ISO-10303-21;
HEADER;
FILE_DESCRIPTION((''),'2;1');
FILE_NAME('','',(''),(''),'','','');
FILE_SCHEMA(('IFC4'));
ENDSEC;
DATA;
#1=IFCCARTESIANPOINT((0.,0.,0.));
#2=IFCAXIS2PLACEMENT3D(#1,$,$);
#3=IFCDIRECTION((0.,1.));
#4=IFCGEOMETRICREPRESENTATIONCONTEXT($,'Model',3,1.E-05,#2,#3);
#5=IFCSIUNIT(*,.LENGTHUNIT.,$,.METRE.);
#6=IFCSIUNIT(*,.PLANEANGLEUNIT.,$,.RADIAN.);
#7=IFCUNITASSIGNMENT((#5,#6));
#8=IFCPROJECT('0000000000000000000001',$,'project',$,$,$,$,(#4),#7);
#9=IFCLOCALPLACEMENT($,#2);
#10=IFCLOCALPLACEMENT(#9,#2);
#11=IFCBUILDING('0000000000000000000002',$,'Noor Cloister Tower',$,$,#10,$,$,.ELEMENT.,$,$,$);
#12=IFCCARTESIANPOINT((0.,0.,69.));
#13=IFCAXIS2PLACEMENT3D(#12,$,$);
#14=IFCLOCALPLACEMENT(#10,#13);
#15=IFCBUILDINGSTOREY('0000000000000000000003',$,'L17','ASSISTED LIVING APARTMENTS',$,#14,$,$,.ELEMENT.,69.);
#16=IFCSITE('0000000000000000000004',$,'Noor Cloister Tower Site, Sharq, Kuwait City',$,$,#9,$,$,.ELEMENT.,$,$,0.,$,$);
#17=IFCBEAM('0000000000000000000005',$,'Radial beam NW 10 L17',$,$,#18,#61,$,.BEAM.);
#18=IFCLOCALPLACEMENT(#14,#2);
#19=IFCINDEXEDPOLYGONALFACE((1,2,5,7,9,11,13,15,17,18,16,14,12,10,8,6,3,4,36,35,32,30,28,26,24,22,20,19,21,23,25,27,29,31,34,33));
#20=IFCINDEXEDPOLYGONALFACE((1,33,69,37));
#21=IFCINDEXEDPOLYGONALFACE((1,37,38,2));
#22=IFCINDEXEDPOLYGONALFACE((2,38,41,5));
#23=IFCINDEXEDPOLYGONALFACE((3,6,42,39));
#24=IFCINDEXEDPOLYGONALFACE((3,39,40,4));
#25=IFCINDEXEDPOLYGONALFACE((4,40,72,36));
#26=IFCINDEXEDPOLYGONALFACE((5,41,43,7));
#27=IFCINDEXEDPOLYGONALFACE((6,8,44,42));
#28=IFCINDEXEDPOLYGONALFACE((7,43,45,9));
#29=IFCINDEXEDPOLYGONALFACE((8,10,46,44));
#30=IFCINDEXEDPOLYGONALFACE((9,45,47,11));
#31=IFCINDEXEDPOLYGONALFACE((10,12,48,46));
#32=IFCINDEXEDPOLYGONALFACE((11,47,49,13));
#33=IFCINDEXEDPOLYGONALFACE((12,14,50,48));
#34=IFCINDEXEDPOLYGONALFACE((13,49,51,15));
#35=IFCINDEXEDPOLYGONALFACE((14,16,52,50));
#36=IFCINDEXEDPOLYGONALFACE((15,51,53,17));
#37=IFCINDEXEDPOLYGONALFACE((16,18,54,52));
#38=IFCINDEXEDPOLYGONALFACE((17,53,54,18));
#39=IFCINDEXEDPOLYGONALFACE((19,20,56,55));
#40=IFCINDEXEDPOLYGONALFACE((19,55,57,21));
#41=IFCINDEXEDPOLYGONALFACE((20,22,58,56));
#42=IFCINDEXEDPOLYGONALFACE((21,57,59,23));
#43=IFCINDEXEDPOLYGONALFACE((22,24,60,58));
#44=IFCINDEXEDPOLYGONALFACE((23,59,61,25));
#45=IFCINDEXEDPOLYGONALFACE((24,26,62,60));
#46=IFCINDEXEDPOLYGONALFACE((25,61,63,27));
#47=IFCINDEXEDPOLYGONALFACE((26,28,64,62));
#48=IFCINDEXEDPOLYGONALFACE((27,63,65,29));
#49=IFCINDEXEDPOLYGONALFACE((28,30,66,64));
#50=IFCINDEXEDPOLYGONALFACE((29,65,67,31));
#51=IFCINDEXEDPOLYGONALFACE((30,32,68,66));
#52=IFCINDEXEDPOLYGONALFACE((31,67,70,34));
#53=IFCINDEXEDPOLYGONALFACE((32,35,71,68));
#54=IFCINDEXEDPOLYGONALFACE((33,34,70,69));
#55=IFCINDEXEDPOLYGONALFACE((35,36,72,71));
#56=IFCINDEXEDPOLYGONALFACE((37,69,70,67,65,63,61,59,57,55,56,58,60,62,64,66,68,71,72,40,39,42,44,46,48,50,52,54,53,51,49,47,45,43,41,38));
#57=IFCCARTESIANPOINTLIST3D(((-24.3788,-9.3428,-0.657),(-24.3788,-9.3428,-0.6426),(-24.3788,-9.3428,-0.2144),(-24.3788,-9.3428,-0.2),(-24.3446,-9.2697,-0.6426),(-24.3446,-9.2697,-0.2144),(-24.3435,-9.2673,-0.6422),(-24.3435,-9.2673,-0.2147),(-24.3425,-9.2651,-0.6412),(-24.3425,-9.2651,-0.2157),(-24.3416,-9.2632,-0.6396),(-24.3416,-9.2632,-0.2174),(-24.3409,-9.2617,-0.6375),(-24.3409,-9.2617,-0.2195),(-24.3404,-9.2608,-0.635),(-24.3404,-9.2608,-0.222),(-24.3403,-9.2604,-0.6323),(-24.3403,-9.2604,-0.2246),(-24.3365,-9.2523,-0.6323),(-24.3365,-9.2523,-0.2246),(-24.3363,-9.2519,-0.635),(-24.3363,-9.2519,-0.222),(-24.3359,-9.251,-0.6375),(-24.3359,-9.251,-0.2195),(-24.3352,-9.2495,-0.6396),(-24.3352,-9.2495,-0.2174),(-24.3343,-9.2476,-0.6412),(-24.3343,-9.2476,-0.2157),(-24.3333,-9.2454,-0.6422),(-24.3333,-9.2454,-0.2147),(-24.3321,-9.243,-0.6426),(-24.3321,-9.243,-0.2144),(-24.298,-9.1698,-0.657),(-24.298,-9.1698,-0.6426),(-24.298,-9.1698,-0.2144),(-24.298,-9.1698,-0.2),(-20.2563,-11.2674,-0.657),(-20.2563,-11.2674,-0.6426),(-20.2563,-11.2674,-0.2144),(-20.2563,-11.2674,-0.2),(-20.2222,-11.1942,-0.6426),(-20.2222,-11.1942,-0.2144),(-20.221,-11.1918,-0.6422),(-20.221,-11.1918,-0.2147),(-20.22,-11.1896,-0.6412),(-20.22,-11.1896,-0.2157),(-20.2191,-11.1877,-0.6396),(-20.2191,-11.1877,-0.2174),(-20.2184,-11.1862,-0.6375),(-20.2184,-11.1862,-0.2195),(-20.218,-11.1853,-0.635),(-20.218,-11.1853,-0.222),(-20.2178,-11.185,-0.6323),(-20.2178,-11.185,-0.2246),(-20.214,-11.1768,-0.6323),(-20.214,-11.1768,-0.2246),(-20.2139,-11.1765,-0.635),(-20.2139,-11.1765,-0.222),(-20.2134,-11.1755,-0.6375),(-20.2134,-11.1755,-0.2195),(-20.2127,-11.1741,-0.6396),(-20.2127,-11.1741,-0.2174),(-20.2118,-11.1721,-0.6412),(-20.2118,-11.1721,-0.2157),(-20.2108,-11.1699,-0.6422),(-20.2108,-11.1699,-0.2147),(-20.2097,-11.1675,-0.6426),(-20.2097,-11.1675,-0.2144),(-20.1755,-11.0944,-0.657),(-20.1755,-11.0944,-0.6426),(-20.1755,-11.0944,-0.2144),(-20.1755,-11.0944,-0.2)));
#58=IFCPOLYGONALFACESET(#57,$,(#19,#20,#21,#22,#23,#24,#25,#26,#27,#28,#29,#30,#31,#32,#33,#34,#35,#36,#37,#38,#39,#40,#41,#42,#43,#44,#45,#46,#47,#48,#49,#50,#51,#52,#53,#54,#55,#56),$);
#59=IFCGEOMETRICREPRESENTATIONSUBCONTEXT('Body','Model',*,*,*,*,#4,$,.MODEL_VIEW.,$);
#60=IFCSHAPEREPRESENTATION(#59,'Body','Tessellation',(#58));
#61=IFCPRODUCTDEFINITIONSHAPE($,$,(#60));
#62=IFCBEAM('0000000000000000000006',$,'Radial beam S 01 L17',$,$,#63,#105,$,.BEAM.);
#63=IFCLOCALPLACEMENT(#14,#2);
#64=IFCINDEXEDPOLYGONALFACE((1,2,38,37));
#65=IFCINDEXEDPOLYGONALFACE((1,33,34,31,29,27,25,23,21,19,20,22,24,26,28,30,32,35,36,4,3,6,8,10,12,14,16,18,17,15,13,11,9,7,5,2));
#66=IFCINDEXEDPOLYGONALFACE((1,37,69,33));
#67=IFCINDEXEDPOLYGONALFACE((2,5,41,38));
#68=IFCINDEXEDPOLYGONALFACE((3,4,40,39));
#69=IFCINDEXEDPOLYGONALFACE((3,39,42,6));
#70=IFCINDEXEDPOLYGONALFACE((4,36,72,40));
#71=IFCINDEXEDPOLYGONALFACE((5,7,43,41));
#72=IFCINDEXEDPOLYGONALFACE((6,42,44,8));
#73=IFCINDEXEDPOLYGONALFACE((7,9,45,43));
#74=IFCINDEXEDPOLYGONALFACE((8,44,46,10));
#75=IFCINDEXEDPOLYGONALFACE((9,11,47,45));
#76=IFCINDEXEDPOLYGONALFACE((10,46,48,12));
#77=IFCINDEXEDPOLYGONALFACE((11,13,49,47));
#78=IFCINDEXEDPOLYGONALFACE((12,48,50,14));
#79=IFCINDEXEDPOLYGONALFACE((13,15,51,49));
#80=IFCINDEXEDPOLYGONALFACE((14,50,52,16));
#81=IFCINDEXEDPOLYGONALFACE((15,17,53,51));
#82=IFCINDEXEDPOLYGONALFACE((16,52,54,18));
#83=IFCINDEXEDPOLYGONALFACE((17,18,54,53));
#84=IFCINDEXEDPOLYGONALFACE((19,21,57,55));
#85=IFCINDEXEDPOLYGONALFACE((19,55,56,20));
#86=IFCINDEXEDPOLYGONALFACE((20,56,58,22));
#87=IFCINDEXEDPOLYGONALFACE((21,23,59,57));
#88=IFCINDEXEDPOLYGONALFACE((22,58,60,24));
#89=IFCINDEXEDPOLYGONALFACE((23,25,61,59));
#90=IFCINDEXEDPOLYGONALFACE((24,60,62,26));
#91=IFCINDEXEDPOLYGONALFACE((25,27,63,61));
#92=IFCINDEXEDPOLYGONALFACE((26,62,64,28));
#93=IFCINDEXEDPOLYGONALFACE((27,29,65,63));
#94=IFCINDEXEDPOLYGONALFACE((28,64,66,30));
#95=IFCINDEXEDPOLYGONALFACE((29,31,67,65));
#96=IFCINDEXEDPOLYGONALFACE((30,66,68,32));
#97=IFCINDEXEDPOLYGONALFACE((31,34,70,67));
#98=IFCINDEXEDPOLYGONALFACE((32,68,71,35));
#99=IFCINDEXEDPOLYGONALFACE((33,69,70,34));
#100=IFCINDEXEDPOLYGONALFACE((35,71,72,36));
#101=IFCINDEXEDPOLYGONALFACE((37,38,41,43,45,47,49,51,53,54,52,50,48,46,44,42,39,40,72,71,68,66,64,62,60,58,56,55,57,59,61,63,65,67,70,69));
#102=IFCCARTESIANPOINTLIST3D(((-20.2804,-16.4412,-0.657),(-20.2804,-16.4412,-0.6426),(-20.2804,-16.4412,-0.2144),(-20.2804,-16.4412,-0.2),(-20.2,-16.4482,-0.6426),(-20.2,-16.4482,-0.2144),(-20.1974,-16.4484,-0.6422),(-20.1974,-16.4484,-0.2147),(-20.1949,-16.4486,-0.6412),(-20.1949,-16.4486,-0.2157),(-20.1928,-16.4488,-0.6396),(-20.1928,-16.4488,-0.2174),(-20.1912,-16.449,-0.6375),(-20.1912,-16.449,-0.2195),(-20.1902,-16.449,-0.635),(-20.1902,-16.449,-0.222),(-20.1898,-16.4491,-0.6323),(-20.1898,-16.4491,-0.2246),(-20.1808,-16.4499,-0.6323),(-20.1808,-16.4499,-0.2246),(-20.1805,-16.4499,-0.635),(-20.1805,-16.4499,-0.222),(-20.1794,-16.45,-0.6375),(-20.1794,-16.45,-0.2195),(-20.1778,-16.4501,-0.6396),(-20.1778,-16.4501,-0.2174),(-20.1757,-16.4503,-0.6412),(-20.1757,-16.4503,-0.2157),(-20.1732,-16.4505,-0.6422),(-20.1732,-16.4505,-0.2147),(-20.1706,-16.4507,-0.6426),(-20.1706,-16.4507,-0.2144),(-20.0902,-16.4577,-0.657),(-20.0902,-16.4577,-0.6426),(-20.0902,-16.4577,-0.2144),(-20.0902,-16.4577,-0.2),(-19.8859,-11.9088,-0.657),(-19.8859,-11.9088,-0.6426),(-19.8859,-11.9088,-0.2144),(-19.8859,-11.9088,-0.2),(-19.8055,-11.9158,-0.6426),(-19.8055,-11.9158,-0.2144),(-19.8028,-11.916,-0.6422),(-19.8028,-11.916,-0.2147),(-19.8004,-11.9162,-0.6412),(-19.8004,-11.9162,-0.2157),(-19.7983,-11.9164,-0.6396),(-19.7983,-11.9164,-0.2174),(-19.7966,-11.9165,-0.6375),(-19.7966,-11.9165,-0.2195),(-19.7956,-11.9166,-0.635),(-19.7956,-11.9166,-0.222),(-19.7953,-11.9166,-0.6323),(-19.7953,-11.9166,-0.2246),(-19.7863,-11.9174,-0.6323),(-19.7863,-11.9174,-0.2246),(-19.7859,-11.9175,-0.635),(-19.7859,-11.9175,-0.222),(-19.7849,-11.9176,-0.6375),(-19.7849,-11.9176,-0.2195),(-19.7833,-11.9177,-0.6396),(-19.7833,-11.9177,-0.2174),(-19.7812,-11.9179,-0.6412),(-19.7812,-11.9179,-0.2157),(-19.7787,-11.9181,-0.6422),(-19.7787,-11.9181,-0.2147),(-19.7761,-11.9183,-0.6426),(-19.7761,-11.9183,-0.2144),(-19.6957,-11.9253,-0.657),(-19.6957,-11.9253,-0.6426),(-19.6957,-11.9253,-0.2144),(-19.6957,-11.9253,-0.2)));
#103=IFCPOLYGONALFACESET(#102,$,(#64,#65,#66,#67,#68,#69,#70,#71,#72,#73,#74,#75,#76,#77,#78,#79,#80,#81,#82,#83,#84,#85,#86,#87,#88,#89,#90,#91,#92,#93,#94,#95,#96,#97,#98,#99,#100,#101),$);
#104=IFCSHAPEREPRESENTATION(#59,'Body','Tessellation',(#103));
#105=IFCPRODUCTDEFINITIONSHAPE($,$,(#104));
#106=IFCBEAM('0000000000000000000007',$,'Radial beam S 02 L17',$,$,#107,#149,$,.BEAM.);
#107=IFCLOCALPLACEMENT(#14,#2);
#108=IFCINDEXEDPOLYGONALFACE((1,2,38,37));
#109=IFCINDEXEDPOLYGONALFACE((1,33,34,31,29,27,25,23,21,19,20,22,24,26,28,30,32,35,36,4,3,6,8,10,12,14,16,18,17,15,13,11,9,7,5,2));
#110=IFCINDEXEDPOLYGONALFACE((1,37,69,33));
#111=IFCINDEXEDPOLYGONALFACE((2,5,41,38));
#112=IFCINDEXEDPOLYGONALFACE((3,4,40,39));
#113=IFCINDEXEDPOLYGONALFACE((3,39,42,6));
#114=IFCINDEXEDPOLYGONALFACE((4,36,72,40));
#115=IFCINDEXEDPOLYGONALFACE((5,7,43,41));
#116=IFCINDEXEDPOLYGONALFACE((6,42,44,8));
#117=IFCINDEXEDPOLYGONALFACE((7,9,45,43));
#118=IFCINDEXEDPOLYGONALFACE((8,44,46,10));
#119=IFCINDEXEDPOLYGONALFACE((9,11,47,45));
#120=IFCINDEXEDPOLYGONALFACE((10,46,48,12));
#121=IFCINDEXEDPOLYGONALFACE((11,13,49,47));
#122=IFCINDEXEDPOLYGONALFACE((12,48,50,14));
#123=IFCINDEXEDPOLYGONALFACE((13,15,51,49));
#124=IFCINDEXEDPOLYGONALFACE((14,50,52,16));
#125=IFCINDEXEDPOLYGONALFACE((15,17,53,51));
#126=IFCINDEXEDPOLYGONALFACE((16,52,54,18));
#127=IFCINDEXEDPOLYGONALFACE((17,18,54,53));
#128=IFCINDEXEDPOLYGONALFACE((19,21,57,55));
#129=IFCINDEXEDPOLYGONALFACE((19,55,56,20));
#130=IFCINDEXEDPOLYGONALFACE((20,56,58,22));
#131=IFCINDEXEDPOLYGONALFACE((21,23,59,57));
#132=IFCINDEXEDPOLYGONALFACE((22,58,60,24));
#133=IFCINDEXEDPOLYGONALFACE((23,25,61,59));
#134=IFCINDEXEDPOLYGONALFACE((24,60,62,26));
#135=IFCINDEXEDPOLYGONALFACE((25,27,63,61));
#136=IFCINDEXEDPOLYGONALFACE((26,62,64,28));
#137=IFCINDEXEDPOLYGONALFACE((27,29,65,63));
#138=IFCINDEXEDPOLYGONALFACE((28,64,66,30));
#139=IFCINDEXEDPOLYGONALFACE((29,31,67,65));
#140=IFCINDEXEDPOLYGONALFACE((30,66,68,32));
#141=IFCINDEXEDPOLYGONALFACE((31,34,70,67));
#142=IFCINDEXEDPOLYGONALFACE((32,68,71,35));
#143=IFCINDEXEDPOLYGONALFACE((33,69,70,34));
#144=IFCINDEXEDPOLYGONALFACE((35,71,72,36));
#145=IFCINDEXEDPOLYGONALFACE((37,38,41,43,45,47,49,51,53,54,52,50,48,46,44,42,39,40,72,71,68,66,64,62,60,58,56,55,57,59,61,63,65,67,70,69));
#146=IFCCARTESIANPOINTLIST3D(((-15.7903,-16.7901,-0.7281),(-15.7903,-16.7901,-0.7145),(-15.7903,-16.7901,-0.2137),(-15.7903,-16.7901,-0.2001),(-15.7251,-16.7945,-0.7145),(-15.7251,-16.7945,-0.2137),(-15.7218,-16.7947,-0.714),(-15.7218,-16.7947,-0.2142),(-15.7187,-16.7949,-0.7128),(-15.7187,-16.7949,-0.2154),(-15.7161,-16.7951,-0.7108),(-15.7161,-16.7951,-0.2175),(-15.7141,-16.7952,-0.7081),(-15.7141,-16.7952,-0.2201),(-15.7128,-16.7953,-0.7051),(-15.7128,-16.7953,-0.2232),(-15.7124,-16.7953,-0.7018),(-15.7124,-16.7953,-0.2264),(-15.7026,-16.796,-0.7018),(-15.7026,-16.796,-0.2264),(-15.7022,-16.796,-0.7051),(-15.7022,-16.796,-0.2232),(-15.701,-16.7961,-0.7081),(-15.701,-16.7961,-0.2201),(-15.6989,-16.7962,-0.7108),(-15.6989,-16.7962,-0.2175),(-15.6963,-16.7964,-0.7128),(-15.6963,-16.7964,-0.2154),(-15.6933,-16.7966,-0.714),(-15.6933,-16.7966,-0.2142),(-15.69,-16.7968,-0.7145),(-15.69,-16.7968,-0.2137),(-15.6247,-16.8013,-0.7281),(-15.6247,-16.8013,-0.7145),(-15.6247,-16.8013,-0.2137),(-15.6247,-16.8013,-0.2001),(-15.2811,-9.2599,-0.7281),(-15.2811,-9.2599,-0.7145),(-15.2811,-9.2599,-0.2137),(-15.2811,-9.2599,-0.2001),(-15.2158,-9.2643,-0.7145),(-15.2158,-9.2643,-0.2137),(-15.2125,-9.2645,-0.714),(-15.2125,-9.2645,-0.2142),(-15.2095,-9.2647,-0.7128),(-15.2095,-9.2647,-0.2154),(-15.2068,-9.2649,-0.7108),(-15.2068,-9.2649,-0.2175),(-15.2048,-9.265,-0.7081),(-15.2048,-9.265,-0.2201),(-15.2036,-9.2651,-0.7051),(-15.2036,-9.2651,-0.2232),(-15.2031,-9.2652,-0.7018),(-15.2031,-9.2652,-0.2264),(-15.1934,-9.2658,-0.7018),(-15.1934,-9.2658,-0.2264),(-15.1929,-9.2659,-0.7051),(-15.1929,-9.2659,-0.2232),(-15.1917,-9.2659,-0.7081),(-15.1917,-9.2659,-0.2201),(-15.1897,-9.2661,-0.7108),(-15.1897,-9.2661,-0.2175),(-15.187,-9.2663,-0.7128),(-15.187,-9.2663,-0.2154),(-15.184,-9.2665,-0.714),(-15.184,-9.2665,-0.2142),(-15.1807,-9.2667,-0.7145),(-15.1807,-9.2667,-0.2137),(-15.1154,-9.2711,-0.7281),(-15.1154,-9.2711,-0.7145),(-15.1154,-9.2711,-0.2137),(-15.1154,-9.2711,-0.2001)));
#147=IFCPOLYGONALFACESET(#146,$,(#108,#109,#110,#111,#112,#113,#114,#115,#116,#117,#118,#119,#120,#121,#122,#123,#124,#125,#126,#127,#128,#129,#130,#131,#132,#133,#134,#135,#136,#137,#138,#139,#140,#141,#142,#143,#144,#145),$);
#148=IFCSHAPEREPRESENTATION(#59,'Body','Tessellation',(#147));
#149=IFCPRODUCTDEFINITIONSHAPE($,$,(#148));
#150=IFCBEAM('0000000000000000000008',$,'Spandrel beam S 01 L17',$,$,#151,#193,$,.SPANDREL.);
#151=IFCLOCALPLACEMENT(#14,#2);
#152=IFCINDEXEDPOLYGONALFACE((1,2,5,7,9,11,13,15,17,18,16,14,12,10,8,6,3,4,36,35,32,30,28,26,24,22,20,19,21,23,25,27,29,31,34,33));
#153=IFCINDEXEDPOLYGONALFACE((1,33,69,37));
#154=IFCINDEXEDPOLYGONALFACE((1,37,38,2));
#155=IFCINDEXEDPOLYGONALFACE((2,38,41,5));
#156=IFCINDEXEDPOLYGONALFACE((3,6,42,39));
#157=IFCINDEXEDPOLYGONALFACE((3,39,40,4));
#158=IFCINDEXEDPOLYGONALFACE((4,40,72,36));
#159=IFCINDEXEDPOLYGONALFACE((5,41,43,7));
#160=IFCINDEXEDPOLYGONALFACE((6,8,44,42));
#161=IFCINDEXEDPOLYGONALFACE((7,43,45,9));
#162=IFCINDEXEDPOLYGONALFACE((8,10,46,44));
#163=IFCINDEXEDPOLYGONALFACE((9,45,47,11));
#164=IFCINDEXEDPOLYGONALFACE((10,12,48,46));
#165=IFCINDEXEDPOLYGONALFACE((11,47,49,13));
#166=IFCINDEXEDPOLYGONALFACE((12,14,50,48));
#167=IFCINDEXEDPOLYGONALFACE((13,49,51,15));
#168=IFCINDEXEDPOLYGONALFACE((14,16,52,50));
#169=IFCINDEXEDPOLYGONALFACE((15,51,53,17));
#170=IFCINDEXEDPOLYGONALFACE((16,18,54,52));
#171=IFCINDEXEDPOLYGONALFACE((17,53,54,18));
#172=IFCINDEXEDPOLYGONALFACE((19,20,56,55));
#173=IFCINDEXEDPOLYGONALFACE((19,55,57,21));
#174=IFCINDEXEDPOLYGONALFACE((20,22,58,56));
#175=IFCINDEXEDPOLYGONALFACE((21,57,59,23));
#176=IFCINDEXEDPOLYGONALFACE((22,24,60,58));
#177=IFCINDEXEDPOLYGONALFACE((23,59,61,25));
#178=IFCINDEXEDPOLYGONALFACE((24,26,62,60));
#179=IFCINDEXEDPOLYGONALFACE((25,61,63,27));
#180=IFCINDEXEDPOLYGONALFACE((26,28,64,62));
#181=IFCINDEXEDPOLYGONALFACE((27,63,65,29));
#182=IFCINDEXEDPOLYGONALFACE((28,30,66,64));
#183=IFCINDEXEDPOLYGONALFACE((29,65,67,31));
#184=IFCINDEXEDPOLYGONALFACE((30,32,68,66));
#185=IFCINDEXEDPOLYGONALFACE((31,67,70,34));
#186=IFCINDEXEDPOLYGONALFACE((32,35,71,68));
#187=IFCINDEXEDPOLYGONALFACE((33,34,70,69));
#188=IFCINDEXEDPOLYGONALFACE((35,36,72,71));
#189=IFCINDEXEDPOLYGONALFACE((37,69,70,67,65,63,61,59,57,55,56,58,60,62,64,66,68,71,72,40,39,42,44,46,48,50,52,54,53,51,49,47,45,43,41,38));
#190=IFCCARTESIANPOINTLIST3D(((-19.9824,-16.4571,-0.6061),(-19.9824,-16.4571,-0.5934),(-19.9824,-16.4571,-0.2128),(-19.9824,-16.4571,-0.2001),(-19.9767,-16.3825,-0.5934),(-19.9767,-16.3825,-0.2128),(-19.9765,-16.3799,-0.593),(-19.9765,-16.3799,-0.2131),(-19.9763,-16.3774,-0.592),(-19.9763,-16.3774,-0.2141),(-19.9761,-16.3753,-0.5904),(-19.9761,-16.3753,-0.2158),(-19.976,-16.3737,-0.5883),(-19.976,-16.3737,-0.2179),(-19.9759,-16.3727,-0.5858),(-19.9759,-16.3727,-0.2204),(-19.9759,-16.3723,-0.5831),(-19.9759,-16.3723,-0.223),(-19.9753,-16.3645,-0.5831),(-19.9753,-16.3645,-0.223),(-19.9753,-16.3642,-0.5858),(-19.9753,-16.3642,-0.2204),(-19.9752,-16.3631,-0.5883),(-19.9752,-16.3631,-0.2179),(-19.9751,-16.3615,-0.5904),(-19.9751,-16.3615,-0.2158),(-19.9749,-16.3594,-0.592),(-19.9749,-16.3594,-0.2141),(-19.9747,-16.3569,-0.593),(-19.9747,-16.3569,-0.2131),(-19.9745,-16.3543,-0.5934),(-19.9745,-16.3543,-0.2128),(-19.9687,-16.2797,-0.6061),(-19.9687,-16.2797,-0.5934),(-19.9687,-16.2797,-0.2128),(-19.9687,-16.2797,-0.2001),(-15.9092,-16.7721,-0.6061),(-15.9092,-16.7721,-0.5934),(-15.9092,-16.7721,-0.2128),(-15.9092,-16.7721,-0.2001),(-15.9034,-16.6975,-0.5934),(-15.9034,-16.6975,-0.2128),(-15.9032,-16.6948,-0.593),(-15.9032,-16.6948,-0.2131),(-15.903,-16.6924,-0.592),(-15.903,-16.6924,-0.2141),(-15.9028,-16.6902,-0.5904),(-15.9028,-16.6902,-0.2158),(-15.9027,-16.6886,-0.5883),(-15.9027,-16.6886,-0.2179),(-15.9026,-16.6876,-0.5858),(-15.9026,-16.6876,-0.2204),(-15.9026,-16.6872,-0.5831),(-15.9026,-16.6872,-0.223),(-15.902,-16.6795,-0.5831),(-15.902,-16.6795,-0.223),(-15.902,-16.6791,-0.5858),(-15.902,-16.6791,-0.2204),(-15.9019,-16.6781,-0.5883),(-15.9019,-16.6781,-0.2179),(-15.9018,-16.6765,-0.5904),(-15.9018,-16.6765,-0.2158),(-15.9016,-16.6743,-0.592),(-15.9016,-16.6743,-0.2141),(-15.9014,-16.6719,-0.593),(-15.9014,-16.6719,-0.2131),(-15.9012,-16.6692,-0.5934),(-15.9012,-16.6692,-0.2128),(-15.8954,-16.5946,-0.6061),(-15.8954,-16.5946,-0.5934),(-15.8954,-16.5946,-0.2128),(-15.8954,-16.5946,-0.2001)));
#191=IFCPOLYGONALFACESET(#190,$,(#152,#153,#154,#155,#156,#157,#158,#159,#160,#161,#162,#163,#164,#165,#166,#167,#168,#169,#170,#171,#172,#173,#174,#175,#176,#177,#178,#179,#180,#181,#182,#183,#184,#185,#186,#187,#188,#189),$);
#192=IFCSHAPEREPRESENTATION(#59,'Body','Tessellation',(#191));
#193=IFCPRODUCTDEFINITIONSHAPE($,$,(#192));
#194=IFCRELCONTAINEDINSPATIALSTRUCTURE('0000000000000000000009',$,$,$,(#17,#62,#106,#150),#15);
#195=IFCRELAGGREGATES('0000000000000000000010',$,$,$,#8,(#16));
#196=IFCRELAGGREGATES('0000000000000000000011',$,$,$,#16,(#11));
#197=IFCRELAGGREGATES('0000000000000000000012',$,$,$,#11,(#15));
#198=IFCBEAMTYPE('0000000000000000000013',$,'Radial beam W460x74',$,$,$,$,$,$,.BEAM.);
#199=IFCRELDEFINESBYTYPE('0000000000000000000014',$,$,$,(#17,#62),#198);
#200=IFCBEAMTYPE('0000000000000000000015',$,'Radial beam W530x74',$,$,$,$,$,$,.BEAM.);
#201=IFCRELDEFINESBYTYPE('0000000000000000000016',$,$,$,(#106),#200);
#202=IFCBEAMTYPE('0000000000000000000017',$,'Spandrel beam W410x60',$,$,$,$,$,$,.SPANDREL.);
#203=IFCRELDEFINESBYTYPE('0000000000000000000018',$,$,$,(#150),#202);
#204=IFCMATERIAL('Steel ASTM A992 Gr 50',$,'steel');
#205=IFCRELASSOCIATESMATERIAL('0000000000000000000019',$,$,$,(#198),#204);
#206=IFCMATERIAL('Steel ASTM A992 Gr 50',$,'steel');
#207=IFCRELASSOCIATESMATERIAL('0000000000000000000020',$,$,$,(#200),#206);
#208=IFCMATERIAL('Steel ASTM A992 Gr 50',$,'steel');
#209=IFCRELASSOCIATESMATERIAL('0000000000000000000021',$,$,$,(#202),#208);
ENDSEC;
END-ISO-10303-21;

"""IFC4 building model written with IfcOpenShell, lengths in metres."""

from ifc_helpers import new_model, si_unit, direction, frame, origin, origin_2d, place, context, subcontext, project, spatial, i_section, extrude, material, material_profile, profile_set, type_object, element, save


model = new_model("IFC4")

# Units and contexts
model_context = context("Model", 3, precision=1e-05, world=origin(), true_north=direction((0.0, 1.0)))
body_context = subcontext(model_context, "Body", "Model", "MODEL_VIEW")
ifc_project = project(units=[si_unit("LENGTHUNIT", "METRE"), si_unit("PLANEANGLEUNIT", "RADIAN")], contexts=[model_context])

# Site, building, storey
site_placement = place(None, origin())
site = spatial("IfcSite", under=ifc_project, at=site_placement, Name="Noor Cloister Tower Site, Sharq, Kuwait City", CompositionType="ELEMENT", RefElevation=0.0)
building_placement = place(site_placement, origin())
building = spatial("IfcBuilding", under=site, at=building_placement, Name="Noor Cloister Tower", CompositionType="ELEMENT")
storey_placement = place(building_placement, frame((0.0, 0.0, 69.0)))
storey = spatial("IfcBuildingStorey", under=building, at=storey_placement, Name="L17", Description="ASSISTED LIVING APARTMENTS", CompositionType="ELEMENT", Elevation=69.0)

# Beams
ifc_material_1 = material(Name="Steel ASTM A992 Gr 50", Category="steel")
ifc_material_profile_1 = material_profile(ifc_material_1, i_section(OverallWidth=0.1909, OverallDepth=0.457, WebThickness=0.009, FlangeThickness=0.0144, FilletRadius=0.0103, at=origin_2d()), Name="W460x74")
ifc_profile_set_1 = profile_set([ifc_material_profile_1], Name="Steel ASTM A992 Gr 50")
beam_type_1 = type_object("IfcBeamType", Name="Radial beam W460x74", PredefinedType="BEAM", material=ifc_profile_set_1)
for number, where, z_axis, x_axis, name in (
    (1, (-24.3384, -9.2563, -0.4285), (0.906124, -0.423012, 0.0), (0.423012, 0.906124, 0.0), "Radial beam NW 10 L17"),
    (2, (-20.1853, -16.4495, -0.4285), (0.086718, 0.996233, 0.0), (-0.996233, 0.086718, 0.0), "Radial beam S 01 L17"),
):
    element("IfcBeam", number, at=place(storey_placement, frame(where, z_axis=z_axis, x_axis=x_axis)), inside=storey, type_object=beam_type_1, Name=name, PredefinedType="BEAM", context=body_context, shape_type="SweptSolid", body=[
        extrude(i_section(OverallWidth=0.1909, OverallDepth=0.457, WebThickness=0.009, FlangeThickness=0.0144, FilletRadius=0.0103, at=origin_2d()), origin(), (0.0, 0.0, 1.0), 4.5496),
    ])
ifc_material_2 = material(Name="Steel ASTM A992 Gr 50", Category="steel")
ifc_material_profile_2 = material_profile(ifc_material_2, i_section(OverallWidth=0.166, OverallDepth=0.5281, WebThickness=0.0098, FlangeThickness=0.0137, FilletRadius=0.0127, at=origin_2d()), Name="W530x74")
ifc_profile_set_2 = profile_set([ifc_material_profile_2], Name="Steel ASTM A992 Gr 50")
beam_type_2 = type_object("IfcBeamType", Name="Radial beam W530x74", PredefinedType="BEAM", material=ifc_profile_set_2)
beam_1_placement = place(storey_placement, frame((-15.7075, -16.7957, -0.4641), z_axis=(0.067477, 0.997721, 0.0), x_axis=(-0.997721, 0.067477, 0.0)))
element("IfcBeam", 3, at=beam_1_placement, inside=storey, type_object=beam_type_2, Name="Radial beam S 02 L17", PredefinedType="BEAM", context=body_context, shape_type="SweptSolid", body=[
    extrude(i_section(OverallWidth=0.166, OverallDepth=0.5281, WebThickness=0.0098, FlangeThickness=0.0137, FilletRadius=0.0127, at=origin_2d()), origin(), (0.0, 0.0, 1.0), 7.5474),
])
ifc_material_3 = material(Name="Steel ASTM A992 Gr 50", Category="steel")
ifc_material_profile_3 = material_profile(ifc_material_3, i_section(OverallWidth=0.178, OverallDepth=0.406, WebThickness=0.0078, FlangeThickness=0.0127, FilletRadius=0.0103, at=origin_2d()), Name="W410x60")
ifc_profile_set_3 = profile_set([ifc_material_profile_3], Name="Steel ASTM A992 Gr 50")
beam_type_3 = type_object("IfcBeamType", Name="Spandrel beam W410x60", PredefinedType="SPANDREL", material=ifc_profile_set_3)
beam_2_placement = place(storey_placement, frame((-19.9756, -16.3684, -0.4031), z_axis=(0.997024, -0.077089, 0.0), x_axis=(0.077089, 0.997024, 0.0)))
element("IfcBeam", 4, at=beam_2_placement, inside=storey, type_object=beam_type_3, Name="Spandrel beam S 01 L17", PredefinedType="SPANDREL", context=body_context, shape_type="SweptSolid", body=[
    extrude(i_section(OverallWidth=0.178, OverallDepth=0.406, WebThickness=0.0078, FlangeThickness=0.0127, FilletRadius=0.0103, at=origin_2d()), origin(), (0.0, 0.0, 1.0), 4.0854),
])

save(model, "model.ifc")
